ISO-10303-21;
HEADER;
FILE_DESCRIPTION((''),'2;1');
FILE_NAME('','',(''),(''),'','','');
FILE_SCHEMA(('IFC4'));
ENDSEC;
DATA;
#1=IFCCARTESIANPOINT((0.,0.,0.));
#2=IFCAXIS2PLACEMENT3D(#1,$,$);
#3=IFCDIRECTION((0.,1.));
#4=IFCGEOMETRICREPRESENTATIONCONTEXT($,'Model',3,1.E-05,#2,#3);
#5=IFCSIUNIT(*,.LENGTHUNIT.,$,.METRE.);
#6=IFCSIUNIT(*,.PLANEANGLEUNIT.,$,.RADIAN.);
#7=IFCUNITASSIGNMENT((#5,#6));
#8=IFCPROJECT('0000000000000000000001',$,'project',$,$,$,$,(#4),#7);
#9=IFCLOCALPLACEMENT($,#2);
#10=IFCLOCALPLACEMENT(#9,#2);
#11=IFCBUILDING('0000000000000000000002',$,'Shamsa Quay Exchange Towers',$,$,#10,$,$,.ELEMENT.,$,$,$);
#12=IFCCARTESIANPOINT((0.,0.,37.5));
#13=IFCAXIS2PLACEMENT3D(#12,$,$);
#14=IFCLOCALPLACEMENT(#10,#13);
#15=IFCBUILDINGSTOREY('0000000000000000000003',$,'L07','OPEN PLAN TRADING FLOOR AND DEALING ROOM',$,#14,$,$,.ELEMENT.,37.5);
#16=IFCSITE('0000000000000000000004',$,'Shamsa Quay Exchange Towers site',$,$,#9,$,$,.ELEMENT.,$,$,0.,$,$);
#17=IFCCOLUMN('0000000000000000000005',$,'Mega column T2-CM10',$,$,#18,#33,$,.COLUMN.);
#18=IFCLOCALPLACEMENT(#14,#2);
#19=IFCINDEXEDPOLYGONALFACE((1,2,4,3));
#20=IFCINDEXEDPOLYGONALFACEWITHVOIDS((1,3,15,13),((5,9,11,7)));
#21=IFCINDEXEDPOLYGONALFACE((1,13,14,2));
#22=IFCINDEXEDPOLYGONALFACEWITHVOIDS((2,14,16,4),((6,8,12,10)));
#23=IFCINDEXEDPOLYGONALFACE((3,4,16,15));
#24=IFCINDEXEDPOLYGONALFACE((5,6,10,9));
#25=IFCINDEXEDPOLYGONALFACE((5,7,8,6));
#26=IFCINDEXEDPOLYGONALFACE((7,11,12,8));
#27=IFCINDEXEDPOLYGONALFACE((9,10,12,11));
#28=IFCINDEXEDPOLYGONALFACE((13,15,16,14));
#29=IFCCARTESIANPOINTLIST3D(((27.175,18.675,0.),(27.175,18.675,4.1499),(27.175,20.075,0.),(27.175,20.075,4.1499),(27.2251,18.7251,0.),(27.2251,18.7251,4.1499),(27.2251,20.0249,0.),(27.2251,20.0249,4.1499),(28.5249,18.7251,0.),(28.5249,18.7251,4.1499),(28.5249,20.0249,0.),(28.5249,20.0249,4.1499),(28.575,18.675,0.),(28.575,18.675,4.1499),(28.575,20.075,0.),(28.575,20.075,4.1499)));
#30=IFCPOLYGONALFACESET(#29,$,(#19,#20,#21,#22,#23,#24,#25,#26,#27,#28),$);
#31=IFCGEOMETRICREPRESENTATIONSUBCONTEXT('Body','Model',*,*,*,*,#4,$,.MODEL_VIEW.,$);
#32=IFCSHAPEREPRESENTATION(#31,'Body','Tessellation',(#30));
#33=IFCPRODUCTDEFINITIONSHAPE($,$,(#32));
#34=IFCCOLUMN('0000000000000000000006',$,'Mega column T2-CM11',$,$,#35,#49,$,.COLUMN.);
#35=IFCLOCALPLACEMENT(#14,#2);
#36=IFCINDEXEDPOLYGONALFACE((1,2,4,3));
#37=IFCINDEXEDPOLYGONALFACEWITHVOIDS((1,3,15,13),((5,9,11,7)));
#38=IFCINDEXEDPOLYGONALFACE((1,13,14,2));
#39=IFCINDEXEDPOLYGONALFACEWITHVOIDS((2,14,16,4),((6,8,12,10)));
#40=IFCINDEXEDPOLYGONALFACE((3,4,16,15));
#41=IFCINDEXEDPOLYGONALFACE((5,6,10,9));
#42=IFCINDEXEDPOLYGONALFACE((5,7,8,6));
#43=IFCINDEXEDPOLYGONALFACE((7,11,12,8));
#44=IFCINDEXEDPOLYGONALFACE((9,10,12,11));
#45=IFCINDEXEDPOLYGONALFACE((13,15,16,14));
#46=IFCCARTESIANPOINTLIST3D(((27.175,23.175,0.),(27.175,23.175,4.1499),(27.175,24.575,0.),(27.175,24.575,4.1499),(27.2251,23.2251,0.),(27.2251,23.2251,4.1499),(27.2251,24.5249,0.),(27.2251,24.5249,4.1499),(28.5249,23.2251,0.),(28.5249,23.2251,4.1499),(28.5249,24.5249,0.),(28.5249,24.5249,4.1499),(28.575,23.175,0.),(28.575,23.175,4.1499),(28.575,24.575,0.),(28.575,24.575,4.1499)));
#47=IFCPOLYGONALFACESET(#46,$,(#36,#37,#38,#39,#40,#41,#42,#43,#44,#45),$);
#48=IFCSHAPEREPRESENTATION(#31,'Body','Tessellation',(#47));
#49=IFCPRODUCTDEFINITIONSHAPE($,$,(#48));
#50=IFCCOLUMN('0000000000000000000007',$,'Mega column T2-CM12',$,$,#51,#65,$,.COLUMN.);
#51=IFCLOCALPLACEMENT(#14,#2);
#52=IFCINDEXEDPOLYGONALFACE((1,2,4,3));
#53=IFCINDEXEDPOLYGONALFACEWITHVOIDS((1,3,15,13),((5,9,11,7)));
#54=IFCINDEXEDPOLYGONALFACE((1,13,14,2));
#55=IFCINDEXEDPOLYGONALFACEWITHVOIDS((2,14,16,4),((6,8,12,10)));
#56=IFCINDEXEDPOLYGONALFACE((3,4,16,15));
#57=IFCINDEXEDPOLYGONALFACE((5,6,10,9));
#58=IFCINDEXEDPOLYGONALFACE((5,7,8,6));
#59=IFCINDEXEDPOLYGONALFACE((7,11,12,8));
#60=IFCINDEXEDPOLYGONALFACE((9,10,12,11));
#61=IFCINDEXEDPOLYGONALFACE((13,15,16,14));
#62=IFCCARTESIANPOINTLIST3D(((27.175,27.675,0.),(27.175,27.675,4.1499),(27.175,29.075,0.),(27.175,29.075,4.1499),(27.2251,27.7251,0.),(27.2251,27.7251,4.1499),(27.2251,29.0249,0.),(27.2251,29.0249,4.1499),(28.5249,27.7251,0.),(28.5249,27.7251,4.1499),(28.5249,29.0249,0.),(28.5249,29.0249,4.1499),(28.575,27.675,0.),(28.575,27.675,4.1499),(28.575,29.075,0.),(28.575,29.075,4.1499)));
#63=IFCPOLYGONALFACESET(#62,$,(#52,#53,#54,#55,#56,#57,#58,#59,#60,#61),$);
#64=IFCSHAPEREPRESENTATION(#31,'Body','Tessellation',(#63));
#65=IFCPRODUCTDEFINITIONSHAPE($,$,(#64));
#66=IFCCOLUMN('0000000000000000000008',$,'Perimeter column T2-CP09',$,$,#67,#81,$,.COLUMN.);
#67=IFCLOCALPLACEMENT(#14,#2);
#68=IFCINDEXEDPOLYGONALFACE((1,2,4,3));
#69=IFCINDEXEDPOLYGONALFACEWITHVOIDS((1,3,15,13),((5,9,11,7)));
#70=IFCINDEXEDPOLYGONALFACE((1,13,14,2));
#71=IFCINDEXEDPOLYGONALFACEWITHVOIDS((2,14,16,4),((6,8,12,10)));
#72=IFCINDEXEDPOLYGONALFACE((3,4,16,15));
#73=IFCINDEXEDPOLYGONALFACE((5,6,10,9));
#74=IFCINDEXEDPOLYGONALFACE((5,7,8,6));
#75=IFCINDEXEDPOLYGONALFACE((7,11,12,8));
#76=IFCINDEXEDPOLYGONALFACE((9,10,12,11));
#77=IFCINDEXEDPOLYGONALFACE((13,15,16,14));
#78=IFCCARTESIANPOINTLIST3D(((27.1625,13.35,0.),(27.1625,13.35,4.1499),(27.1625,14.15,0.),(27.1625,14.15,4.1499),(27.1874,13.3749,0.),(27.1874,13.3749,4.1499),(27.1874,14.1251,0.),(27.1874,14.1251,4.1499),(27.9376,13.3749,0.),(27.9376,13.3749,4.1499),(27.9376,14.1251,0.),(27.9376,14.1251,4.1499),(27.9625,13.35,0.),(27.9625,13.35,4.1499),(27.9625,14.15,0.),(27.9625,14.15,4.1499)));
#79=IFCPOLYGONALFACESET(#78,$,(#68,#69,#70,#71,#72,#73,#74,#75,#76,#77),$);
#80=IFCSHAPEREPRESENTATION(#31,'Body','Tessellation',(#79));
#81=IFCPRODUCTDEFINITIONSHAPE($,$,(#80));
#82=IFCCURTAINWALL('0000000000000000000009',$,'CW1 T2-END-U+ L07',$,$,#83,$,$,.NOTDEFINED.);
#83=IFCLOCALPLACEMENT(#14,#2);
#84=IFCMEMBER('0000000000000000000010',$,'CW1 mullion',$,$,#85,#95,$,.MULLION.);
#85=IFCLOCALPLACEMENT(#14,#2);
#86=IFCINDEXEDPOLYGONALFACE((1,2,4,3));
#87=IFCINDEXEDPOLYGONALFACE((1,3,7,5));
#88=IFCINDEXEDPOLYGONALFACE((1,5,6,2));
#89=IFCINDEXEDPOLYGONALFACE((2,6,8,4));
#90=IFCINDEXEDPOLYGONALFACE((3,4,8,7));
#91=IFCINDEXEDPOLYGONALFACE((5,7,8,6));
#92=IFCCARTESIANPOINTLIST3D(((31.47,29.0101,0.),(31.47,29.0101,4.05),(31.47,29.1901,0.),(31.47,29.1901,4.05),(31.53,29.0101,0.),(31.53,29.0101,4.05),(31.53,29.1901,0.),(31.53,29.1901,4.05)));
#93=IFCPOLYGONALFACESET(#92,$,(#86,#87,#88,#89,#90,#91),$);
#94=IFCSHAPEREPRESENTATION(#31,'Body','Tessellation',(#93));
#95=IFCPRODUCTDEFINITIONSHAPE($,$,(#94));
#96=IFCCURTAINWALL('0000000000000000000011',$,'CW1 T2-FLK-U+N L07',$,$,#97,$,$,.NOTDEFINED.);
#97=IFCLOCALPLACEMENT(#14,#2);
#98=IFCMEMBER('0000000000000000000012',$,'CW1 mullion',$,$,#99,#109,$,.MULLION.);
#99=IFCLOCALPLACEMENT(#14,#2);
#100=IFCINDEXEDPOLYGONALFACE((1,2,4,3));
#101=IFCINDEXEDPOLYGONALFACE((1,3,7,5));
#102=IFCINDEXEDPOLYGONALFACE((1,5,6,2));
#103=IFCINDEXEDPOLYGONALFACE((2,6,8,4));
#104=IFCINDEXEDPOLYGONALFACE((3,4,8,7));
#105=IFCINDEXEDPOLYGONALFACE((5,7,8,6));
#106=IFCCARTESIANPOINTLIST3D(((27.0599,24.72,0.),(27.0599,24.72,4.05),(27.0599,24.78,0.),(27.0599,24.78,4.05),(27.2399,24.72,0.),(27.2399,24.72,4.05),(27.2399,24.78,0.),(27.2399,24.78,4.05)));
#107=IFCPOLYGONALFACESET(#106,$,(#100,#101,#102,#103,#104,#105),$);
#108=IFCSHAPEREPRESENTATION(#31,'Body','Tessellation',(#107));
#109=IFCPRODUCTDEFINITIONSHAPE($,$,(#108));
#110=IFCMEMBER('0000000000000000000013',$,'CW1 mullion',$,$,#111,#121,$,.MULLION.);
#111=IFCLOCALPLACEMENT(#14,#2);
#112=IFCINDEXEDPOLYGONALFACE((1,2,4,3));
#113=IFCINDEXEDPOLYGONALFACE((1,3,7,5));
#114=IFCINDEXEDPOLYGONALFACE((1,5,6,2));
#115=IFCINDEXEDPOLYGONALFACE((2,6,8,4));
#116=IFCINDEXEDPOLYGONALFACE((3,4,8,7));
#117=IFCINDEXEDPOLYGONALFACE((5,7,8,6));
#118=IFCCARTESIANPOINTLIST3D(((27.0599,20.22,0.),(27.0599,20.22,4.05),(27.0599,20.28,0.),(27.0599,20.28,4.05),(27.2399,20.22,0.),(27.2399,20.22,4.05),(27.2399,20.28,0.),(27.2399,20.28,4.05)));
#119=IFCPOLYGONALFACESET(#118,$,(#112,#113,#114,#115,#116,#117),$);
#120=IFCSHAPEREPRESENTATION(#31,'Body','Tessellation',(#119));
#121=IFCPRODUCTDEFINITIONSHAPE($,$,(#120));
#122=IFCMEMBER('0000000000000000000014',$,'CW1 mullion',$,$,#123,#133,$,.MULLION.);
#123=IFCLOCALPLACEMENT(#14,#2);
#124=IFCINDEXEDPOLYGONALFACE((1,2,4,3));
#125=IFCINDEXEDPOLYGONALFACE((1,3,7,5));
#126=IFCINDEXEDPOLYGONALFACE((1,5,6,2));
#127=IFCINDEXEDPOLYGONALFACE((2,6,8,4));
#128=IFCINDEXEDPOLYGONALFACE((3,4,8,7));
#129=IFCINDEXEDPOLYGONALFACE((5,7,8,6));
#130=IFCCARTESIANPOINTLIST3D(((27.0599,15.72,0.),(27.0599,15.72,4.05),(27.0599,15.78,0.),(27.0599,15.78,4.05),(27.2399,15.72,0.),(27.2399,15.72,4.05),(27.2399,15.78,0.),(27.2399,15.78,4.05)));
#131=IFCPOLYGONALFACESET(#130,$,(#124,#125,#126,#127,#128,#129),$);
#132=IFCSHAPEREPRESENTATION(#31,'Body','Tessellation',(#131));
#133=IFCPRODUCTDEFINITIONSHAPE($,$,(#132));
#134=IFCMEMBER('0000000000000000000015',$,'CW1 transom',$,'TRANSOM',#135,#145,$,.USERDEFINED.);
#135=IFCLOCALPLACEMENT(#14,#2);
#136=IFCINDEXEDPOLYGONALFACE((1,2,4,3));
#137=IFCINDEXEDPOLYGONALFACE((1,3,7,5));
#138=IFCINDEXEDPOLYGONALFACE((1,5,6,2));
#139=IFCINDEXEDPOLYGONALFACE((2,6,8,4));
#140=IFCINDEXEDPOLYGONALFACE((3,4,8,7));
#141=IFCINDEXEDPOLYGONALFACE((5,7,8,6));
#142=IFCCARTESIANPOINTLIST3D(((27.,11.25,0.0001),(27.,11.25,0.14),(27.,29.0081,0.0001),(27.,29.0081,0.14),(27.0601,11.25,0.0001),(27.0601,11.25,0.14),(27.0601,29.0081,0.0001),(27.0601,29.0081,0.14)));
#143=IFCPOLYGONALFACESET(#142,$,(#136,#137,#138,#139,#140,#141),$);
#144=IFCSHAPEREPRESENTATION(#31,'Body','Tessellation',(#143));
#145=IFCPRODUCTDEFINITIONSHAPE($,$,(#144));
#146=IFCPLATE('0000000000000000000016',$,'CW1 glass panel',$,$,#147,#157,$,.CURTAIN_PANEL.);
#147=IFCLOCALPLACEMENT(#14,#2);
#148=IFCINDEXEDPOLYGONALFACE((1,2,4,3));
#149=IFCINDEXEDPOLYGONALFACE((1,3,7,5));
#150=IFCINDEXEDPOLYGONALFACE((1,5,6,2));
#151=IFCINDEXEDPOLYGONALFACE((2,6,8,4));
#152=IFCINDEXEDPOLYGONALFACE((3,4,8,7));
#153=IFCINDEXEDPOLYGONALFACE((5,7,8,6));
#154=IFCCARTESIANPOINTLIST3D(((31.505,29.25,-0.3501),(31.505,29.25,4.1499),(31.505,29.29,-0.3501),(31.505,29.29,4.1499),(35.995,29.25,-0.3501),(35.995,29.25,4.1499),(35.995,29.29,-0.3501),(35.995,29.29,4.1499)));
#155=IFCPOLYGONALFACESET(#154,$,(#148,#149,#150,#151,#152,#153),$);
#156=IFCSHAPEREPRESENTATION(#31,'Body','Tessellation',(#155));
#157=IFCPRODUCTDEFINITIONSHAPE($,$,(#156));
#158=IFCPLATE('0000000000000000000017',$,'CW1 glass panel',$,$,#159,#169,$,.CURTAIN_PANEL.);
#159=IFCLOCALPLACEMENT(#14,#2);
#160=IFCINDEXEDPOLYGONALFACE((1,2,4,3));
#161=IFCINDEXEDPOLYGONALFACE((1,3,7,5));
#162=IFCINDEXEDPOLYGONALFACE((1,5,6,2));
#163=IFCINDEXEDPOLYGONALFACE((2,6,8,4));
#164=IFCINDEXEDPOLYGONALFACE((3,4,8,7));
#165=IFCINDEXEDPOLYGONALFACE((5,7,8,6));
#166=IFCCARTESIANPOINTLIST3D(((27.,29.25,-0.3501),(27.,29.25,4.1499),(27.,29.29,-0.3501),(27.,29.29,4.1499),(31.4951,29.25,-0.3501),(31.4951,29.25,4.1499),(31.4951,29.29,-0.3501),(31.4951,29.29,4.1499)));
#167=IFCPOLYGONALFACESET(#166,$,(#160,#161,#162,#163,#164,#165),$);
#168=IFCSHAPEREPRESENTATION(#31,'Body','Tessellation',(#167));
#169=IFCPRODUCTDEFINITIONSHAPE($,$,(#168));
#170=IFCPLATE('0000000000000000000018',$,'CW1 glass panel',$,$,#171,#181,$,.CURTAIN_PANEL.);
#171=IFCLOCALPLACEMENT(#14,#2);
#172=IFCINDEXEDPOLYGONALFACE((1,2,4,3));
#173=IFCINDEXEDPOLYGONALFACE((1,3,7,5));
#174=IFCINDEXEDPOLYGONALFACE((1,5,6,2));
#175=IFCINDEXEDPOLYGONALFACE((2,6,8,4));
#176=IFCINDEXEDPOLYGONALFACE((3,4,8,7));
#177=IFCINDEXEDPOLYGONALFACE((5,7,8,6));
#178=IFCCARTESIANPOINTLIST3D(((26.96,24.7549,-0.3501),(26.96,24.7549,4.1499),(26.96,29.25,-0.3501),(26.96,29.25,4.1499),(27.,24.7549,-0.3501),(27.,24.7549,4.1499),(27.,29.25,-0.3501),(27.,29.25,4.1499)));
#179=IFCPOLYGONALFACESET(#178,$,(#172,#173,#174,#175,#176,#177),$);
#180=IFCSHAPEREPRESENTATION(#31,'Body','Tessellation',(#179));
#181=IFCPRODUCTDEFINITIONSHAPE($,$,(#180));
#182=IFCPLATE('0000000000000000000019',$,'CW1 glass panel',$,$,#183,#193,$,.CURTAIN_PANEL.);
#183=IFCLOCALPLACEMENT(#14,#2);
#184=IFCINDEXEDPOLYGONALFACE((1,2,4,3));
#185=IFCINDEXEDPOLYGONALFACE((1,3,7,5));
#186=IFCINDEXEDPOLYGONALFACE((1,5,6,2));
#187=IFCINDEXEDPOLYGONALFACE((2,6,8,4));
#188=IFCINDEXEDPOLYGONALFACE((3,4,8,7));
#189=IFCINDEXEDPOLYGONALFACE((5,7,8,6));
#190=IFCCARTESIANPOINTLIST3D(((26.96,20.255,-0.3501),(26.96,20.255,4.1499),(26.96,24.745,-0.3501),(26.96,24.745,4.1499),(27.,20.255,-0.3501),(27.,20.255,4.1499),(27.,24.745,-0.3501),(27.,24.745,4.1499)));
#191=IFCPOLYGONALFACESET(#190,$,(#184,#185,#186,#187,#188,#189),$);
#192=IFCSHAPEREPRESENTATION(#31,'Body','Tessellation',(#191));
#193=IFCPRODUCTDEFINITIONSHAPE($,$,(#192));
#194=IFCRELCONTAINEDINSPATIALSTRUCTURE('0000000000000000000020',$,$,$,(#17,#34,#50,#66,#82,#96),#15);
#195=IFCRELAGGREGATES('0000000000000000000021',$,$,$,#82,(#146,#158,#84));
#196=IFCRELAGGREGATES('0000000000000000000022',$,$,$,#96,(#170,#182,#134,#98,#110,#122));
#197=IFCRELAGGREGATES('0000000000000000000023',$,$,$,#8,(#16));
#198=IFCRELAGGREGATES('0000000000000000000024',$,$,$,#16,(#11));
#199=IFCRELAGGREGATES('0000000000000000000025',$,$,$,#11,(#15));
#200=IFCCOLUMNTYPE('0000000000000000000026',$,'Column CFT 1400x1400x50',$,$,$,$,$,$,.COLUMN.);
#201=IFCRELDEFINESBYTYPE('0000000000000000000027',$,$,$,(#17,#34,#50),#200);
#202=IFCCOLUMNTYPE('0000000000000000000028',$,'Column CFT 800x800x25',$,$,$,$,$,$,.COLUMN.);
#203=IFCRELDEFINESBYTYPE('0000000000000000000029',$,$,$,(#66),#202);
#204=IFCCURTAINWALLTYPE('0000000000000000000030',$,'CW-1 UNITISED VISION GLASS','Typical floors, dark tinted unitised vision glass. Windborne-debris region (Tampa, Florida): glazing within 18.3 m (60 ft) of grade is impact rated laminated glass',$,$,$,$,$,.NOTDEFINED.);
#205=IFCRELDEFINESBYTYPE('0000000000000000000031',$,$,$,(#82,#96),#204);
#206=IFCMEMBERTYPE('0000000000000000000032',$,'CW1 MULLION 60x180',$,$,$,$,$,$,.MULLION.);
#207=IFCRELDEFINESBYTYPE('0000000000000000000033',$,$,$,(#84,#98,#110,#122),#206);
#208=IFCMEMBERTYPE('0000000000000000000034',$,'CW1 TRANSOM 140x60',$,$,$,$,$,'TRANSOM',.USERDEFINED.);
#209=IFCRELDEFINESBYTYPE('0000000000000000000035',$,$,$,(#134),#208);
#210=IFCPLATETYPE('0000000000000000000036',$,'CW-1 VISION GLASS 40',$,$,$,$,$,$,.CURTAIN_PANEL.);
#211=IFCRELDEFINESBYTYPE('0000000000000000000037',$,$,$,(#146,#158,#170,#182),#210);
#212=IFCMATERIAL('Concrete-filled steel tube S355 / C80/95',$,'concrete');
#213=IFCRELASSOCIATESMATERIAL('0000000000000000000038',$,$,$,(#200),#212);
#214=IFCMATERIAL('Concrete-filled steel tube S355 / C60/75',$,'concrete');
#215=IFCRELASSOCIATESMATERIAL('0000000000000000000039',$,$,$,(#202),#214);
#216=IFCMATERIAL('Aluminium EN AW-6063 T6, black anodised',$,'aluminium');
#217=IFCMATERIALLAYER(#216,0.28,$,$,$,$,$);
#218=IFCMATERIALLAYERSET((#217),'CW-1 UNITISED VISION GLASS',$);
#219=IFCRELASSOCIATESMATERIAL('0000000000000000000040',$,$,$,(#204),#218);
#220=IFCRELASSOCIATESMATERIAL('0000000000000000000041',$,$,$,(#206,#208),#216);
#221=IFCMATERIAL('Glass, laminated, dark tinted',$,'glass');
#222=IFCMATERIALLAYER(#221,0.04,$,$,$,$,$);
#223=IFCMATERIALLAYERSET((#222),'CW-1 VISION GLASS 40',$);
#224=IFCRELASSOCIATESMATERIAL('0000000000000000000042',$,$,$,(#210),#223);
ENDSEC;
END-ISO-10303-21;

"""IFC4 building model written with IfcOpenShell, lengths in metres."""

from ifc_helpers import new_model, si_unit, direction, frame, origin, origin_2d, place, context, subcontext, project, spatial, rectangle, hollow_rectangle, extrude, material, layer, layer_set, material_profile, profile_set, type_object, element, aggregate, save


model = new_model("IFC4")

# Units and contexts
model_context = context("Model", 3, precision=1e-05, world=origin(), true_north=direction((0.0, 1.0)))
body_context = subcontext(model_context, "Body", "Model", "MODEL_VIEW")
ifc_project = project(units=[si_unit("LENGTHUNIT", "METRE"), si_unit("PLANEANGLEUNIT", "RADIAN")], contexts=[model_context])

# Site, building, storey
site_placement = place(None, origin())
site = spatial("IfcSite", under=ifc_project, at=site_placement, Name="Shamsa Quay Exchange Towers site", CompositionType="ELEMENT", RefElevation=0.0)
building_placement = place(site_placement, origin())
building = spatial("IfcBuilding", under=site, at=building_placement, Name="Shamsa Quay Exchange Towers", CompositionType="ELEMENT")
storey_placement = place(building_placement, frame((0.0, 0.0, 37.5)))
storey = spatial("IfcBuildingStorey", under=building, at=storey_placement, Name="L07", Description="OPEN PLAN TRADING FLOOR AND DEALING ROOM", CompositionType="ELEMENT", Elevation=37.5)

# Columns
ifc_material_1 = material(Name="Concrete-filled steel tube S355 / C80/95", Category="concrete")
ifc_material_profile_1 = material_profile(ifc_material_1, hollow_rectangle(XDim=1.3999, YDim=1.3999, WallThickness=0.05, at=origin_2d()), Name="CFT 1400x1400x50")
ifc_profile_set_1 = profile_set([ifc_material_profile_1], Name="Concrete-filled steel tube S355 / C80/95")
column_type_1 = type_object("IfcColumnType", Name="Column CFT 1400x1400x50", PredefinedType="COLUMN", material=ifc_profile_set_1)
for number, where, name in (
    (1, (27.875, 19.375, 0.0), "Mega column T2-CM10"),
    (2, (27.875, 23.875, 0.0), "Mega column T2-CM11"),
    (3, (27.875, 28.375, 0.0), "Mega column T2-CM12"),
):
    element("IfcColumn", number, at=place(storey_placement, frame(where)), inside=storey, type_object=column_type_1, Name=name, PredefinedType="COLUMN", context=body_context, shape_type="SweptSolid", body=[
        extrude(hollow_rectangle(XDim=1.3999, YDim=1.3999, WallThickness=0.05, at=origin_2d()), origin(), (0.0, 0.0, 1.0), 4.1499),
    ])
ifc_material_2 = material(Name="Concrete-filled steel tube S355 / C60/75", Category="concrete")
ifc_material_profile_2 = material_profile(ifc_material_2, hollow_rectangle(XDim=0.8, YDim=0.8, WallThickness=0.0249, at=origin_2d()), Name="CFT 800x800x25")
ifc_profile_set_2 = profile_set([ifc_material_profile_2], Name="Concrete-filled steel tube S355 / C60/75")
column_type_2 = type_object("IfcColumnType", Name="Column CFT 800x800x25", PredefinedType="COLUMN", material=ifc_profile_set_2)
column_placement = place(storey_placement, frame((27.5625, 13.75, 0.0)))
element("IfcColumn", 4, at=column_placement, inside=storey, type_object=column_type_2, Name="Perimeter column T2-CP09", PredefinedType="COLUMN", context=body_context, shape_type="SweptSolid", body=[
    extrude(hollow_rectangle(XDim=0.8, YDim=0.8, WallThickness=0.0249, at=origin_2d()), origin(), (0.0, 0.0, 1.0), 4.1499),
])

# Curtain wall, member
ifc_material_3 = material(Name="Aluminium EN AW-6063 T6, black anodised", Category="aluminium")
ifc_layer_1 = layer(ifc_material_3, 0.28)
ifc_layer_set_1 = layer_set([ifc_layer_1], Name="CW-1 UNITISED VISION GLASS")
curtain_wall_type_1 = type_object("IfcCurtainWallType", Name="CW-1 UNITISED VISION GLASS", Description="Typical floors, dark tinted unitised vision glass. Windborne-debris region (Tampa, Florida): glazing within 18.3 m (60 ft) of grade is impact rated laminated glass", PredefinedType="NOTDEFINED", material=ifc_layer_set_1)
curtain_wall_1_placement = place(storey_placement, origin())
curtain_wall_1 = element("IfcCurtainWall", 5, at=curtain_wall_1_placement, inside=storey, type_object=curtain_wall_type_1, Name="CW1 T2-END-U+ L07", PredefinedType="NOTDEFINED")
ifc_material_profile_3 = material_profile(ifc_material_3, rectangle(XDim=0.1799, YDim=0.0601, at=origin_2d()), Name="MU60x180")
ifc_profile_set_3 = profile_set([ifc_material_profile_3], Name="Aluminium EN AW-6063 T6, black anodised")
member_type_1 = type_object("IfcMemberType", Name="CW1 MULLION 60x180", PredefinedType="MULLION", material=ifc_profile_set_3)
member_1_placement = place(storey_placement, frame((31.5, 29.1001, 0.0), z_axis=(0.0, 0.0, 1.0), x_axis=(0.0, -1.0, 0.0)))
member_1 = element("IfcMember", 6, at=member_1_placement, type_object=member_type_1, Name="CW1 mullion", PredefinedType="MULLION", context=body_context, shape_type="SweptSolid", body=[
    extrude(rectangle(XDim=0.1799, YDim=0.0601, at=origin_2d()), origin(), (0.0, 0.0, 1.0), 4.05),
])

# Curtain wall, members
curtain_wall_2_placement = place(storey_placement, origin())
curtain_wall_2 = element("IfcCurtainWall", 7, at=curtain_wall_2_placement, inside=storey, type_object=curtain_wall_type_1, Name="CW1 T2-FLK-U+N L07", PredefinedType="NOTDEFINED")
member_2_placement = place(storey_placement, frame((27.1499, 24.75, 0.0)))
member_2 = element("IfcMember", 8, at=member_2_placement, type_object=member_type_1, Name="CW1 mullion", PredefinedType="MULLION", context=body_context, shape_type="SweptSolid", body=[
    extrude(rectangle(XDim=0.1799, YDim=0.0601, at=origin_2d()), origin(), (0.0, 0.0, 1.0), 4.05),
])
member_3_placement = place(storey_placement, frame((27.1499, 20.25, 0.0)))
member_3 = element("IfcMember", 9, at=member_3_placement, type_object=member_type_1, Name="CW1 mullion", PredefinedType="MULLION", context=body_context, shape_type="SweptSolid", body=[
    extrude(rectangle(XDim=0.1799, YDim=0.0601, at=origin_2d()), origin(), (0.0, 0.0, 1.0), 4.05),
])
member_4_placement = place(storey_placement, frame((27.1499, 15.75, 0.0)))
member_4 = element("IfcMember", 10, at=member_4_placement, type_object=member_type_1, Name="CW1 mullion", PredefinedType="MULLION", context=body_context, shape_type="SweptSolid", body=[
    extrude(rectangle(XDim=0.1799, YDim=0.0601, at=origin_2d()), origin(), (0.0, 0.0, 1.0), 4.05),
])
ifc_material_profile_4 = material_profile(ifc_material_3, rectangle(XDim=0.0601, YDim=0.1399, at=origin_2d()), Name="TR140x60")
ifc_profile_set_4 = profile_set([ifc_material_profile_4], Name="Aluminium EN AW-6063 T6, black anodised")
member_type_2 = type_object("IfcMemberType", Name="CW1 TRANSOM 140x60", ElementType="TRANSOM", PredefinedType="USERDEFINED", material=ifc_profile_set_4)
member_5_placement = place(storey_placement, frame((27.03, 29.0081, 0.0701), z_axis=(0.0, -1.0, 0.0), x_axis=(1.0, 0.0, 0.0)))
member_5 = element("IfcMember", 11, at=member_5_placement, type_object=member_type_2, Name="CW1 transom", ObjectType="TRANSOM", PredefinedType="USERDEFINED", context=body_context, shape_type="SweptSolid", body=[
    extrude(rectangle(XDim=0.0601, YDim=0.1399, at=origin_2d()), origin(), (0.0, 0.0, 1.0), 17.7581),
])

# Plates
ifc_material_4 = material(Name="Glass, laminated, dark tinted", Category="glass")
ifc_layer_2 = layer(ifc_material_4, 0.04)
ifc_layer_set_2 = layer_set([ifc_layer_2], Name="CW-1 VISION GLASS 40")
plate_type_1 = type_object("IfcPlateType", Name="CW-1 VISION GLASS 40", PredefinedType="CURTAIN_PANEL", material=ifc_layer_set_2)
plate_1_placement = place(storey_placement, frame((33.75, 29.27, -0.3501), z_axis=(0.0, 0.0, 1.0), x_axis=(-1.0, 0.0, 0.0)))
plate_1 = element("IfcPlate", 12, at=plate_1_placement, type_object=plate_type_1, Name="CW1 glass panel", PredefinedType="CURTAIN_PANEL", context=body_context, shape_type="SweptSolid", body=[
    extrude(rectangle(XDim=4.49, YDim=0.04, at=origin_2d()), origin(), (0.0, 0.0, 1.0), 4.5),
])
plate_2_placement = place(storey_placement, frame((29.2476, 29.27, -0.3501), z_axis=(0.0, 0.0, 1.0), x_axis=(-1.0, 0.0, 0.0)))
plate_2 = element("IfcPlate", 13, at=plate_2_placement, type_object=plate_type_1, Name="CW1 glass panel", PredefinedType="CURTAIN_PANEL", context=body_context, shape_type="SweptSolid", body=[
    extrude(rectangle(XDim=4.4951, YDim=0.04, at=origin_2d()), origin(), (0.0, 0.0, 1.0), 4.5),
])
aggregate(curtain_wall_1, [plate_1, plate_2, member_1])
plate_3_placement = place(storey_placement, frame((26.98, 27.0024, -0.3501), z_axis=(0.0, 0.0, 1.0), x_axis=(0.0, -1.0, 0.0)))
plate_3 = element("IfcPlate", 14, at=plate_3_placement, type_object=plate_type_1, Name="CW1 glass panel", PredefinedType="CURTAIN_PANEL", context=body_context, shape_type="SweptSolid", body=[
    extrude(rectangle(XDim=4.4951, YDim=0.04, at=origin_2d()), origin(), (0.0, 0.0, 1.0), 4.5),
])
plate_4_placement = place(storey_placement, frame((26.98, 22.5, -0.3501), z_axis=(0.0, 0.0, 1.0), x_axis=(0.0, -1.0, 0.0)))
plate_4 = element("IfcPlate", 15, at=plate_4_placement, type_object=plate_type_1, Name="CW1 glass panel", PredefinedType="CURTAIN_PANEL", context=body_context, shape_type="SweptSolid", body=[
    extrude(rectangle(XDim=4.49, YDim=0.04, at=origin_2d()), origin(), (0.0, 0.0, 1.0), 4.5),
])
aggregate(curtain_wall_2, [plate_3, plate_4, member_5, member_2, member_3, member_4])

save(model, "model.ifc")
